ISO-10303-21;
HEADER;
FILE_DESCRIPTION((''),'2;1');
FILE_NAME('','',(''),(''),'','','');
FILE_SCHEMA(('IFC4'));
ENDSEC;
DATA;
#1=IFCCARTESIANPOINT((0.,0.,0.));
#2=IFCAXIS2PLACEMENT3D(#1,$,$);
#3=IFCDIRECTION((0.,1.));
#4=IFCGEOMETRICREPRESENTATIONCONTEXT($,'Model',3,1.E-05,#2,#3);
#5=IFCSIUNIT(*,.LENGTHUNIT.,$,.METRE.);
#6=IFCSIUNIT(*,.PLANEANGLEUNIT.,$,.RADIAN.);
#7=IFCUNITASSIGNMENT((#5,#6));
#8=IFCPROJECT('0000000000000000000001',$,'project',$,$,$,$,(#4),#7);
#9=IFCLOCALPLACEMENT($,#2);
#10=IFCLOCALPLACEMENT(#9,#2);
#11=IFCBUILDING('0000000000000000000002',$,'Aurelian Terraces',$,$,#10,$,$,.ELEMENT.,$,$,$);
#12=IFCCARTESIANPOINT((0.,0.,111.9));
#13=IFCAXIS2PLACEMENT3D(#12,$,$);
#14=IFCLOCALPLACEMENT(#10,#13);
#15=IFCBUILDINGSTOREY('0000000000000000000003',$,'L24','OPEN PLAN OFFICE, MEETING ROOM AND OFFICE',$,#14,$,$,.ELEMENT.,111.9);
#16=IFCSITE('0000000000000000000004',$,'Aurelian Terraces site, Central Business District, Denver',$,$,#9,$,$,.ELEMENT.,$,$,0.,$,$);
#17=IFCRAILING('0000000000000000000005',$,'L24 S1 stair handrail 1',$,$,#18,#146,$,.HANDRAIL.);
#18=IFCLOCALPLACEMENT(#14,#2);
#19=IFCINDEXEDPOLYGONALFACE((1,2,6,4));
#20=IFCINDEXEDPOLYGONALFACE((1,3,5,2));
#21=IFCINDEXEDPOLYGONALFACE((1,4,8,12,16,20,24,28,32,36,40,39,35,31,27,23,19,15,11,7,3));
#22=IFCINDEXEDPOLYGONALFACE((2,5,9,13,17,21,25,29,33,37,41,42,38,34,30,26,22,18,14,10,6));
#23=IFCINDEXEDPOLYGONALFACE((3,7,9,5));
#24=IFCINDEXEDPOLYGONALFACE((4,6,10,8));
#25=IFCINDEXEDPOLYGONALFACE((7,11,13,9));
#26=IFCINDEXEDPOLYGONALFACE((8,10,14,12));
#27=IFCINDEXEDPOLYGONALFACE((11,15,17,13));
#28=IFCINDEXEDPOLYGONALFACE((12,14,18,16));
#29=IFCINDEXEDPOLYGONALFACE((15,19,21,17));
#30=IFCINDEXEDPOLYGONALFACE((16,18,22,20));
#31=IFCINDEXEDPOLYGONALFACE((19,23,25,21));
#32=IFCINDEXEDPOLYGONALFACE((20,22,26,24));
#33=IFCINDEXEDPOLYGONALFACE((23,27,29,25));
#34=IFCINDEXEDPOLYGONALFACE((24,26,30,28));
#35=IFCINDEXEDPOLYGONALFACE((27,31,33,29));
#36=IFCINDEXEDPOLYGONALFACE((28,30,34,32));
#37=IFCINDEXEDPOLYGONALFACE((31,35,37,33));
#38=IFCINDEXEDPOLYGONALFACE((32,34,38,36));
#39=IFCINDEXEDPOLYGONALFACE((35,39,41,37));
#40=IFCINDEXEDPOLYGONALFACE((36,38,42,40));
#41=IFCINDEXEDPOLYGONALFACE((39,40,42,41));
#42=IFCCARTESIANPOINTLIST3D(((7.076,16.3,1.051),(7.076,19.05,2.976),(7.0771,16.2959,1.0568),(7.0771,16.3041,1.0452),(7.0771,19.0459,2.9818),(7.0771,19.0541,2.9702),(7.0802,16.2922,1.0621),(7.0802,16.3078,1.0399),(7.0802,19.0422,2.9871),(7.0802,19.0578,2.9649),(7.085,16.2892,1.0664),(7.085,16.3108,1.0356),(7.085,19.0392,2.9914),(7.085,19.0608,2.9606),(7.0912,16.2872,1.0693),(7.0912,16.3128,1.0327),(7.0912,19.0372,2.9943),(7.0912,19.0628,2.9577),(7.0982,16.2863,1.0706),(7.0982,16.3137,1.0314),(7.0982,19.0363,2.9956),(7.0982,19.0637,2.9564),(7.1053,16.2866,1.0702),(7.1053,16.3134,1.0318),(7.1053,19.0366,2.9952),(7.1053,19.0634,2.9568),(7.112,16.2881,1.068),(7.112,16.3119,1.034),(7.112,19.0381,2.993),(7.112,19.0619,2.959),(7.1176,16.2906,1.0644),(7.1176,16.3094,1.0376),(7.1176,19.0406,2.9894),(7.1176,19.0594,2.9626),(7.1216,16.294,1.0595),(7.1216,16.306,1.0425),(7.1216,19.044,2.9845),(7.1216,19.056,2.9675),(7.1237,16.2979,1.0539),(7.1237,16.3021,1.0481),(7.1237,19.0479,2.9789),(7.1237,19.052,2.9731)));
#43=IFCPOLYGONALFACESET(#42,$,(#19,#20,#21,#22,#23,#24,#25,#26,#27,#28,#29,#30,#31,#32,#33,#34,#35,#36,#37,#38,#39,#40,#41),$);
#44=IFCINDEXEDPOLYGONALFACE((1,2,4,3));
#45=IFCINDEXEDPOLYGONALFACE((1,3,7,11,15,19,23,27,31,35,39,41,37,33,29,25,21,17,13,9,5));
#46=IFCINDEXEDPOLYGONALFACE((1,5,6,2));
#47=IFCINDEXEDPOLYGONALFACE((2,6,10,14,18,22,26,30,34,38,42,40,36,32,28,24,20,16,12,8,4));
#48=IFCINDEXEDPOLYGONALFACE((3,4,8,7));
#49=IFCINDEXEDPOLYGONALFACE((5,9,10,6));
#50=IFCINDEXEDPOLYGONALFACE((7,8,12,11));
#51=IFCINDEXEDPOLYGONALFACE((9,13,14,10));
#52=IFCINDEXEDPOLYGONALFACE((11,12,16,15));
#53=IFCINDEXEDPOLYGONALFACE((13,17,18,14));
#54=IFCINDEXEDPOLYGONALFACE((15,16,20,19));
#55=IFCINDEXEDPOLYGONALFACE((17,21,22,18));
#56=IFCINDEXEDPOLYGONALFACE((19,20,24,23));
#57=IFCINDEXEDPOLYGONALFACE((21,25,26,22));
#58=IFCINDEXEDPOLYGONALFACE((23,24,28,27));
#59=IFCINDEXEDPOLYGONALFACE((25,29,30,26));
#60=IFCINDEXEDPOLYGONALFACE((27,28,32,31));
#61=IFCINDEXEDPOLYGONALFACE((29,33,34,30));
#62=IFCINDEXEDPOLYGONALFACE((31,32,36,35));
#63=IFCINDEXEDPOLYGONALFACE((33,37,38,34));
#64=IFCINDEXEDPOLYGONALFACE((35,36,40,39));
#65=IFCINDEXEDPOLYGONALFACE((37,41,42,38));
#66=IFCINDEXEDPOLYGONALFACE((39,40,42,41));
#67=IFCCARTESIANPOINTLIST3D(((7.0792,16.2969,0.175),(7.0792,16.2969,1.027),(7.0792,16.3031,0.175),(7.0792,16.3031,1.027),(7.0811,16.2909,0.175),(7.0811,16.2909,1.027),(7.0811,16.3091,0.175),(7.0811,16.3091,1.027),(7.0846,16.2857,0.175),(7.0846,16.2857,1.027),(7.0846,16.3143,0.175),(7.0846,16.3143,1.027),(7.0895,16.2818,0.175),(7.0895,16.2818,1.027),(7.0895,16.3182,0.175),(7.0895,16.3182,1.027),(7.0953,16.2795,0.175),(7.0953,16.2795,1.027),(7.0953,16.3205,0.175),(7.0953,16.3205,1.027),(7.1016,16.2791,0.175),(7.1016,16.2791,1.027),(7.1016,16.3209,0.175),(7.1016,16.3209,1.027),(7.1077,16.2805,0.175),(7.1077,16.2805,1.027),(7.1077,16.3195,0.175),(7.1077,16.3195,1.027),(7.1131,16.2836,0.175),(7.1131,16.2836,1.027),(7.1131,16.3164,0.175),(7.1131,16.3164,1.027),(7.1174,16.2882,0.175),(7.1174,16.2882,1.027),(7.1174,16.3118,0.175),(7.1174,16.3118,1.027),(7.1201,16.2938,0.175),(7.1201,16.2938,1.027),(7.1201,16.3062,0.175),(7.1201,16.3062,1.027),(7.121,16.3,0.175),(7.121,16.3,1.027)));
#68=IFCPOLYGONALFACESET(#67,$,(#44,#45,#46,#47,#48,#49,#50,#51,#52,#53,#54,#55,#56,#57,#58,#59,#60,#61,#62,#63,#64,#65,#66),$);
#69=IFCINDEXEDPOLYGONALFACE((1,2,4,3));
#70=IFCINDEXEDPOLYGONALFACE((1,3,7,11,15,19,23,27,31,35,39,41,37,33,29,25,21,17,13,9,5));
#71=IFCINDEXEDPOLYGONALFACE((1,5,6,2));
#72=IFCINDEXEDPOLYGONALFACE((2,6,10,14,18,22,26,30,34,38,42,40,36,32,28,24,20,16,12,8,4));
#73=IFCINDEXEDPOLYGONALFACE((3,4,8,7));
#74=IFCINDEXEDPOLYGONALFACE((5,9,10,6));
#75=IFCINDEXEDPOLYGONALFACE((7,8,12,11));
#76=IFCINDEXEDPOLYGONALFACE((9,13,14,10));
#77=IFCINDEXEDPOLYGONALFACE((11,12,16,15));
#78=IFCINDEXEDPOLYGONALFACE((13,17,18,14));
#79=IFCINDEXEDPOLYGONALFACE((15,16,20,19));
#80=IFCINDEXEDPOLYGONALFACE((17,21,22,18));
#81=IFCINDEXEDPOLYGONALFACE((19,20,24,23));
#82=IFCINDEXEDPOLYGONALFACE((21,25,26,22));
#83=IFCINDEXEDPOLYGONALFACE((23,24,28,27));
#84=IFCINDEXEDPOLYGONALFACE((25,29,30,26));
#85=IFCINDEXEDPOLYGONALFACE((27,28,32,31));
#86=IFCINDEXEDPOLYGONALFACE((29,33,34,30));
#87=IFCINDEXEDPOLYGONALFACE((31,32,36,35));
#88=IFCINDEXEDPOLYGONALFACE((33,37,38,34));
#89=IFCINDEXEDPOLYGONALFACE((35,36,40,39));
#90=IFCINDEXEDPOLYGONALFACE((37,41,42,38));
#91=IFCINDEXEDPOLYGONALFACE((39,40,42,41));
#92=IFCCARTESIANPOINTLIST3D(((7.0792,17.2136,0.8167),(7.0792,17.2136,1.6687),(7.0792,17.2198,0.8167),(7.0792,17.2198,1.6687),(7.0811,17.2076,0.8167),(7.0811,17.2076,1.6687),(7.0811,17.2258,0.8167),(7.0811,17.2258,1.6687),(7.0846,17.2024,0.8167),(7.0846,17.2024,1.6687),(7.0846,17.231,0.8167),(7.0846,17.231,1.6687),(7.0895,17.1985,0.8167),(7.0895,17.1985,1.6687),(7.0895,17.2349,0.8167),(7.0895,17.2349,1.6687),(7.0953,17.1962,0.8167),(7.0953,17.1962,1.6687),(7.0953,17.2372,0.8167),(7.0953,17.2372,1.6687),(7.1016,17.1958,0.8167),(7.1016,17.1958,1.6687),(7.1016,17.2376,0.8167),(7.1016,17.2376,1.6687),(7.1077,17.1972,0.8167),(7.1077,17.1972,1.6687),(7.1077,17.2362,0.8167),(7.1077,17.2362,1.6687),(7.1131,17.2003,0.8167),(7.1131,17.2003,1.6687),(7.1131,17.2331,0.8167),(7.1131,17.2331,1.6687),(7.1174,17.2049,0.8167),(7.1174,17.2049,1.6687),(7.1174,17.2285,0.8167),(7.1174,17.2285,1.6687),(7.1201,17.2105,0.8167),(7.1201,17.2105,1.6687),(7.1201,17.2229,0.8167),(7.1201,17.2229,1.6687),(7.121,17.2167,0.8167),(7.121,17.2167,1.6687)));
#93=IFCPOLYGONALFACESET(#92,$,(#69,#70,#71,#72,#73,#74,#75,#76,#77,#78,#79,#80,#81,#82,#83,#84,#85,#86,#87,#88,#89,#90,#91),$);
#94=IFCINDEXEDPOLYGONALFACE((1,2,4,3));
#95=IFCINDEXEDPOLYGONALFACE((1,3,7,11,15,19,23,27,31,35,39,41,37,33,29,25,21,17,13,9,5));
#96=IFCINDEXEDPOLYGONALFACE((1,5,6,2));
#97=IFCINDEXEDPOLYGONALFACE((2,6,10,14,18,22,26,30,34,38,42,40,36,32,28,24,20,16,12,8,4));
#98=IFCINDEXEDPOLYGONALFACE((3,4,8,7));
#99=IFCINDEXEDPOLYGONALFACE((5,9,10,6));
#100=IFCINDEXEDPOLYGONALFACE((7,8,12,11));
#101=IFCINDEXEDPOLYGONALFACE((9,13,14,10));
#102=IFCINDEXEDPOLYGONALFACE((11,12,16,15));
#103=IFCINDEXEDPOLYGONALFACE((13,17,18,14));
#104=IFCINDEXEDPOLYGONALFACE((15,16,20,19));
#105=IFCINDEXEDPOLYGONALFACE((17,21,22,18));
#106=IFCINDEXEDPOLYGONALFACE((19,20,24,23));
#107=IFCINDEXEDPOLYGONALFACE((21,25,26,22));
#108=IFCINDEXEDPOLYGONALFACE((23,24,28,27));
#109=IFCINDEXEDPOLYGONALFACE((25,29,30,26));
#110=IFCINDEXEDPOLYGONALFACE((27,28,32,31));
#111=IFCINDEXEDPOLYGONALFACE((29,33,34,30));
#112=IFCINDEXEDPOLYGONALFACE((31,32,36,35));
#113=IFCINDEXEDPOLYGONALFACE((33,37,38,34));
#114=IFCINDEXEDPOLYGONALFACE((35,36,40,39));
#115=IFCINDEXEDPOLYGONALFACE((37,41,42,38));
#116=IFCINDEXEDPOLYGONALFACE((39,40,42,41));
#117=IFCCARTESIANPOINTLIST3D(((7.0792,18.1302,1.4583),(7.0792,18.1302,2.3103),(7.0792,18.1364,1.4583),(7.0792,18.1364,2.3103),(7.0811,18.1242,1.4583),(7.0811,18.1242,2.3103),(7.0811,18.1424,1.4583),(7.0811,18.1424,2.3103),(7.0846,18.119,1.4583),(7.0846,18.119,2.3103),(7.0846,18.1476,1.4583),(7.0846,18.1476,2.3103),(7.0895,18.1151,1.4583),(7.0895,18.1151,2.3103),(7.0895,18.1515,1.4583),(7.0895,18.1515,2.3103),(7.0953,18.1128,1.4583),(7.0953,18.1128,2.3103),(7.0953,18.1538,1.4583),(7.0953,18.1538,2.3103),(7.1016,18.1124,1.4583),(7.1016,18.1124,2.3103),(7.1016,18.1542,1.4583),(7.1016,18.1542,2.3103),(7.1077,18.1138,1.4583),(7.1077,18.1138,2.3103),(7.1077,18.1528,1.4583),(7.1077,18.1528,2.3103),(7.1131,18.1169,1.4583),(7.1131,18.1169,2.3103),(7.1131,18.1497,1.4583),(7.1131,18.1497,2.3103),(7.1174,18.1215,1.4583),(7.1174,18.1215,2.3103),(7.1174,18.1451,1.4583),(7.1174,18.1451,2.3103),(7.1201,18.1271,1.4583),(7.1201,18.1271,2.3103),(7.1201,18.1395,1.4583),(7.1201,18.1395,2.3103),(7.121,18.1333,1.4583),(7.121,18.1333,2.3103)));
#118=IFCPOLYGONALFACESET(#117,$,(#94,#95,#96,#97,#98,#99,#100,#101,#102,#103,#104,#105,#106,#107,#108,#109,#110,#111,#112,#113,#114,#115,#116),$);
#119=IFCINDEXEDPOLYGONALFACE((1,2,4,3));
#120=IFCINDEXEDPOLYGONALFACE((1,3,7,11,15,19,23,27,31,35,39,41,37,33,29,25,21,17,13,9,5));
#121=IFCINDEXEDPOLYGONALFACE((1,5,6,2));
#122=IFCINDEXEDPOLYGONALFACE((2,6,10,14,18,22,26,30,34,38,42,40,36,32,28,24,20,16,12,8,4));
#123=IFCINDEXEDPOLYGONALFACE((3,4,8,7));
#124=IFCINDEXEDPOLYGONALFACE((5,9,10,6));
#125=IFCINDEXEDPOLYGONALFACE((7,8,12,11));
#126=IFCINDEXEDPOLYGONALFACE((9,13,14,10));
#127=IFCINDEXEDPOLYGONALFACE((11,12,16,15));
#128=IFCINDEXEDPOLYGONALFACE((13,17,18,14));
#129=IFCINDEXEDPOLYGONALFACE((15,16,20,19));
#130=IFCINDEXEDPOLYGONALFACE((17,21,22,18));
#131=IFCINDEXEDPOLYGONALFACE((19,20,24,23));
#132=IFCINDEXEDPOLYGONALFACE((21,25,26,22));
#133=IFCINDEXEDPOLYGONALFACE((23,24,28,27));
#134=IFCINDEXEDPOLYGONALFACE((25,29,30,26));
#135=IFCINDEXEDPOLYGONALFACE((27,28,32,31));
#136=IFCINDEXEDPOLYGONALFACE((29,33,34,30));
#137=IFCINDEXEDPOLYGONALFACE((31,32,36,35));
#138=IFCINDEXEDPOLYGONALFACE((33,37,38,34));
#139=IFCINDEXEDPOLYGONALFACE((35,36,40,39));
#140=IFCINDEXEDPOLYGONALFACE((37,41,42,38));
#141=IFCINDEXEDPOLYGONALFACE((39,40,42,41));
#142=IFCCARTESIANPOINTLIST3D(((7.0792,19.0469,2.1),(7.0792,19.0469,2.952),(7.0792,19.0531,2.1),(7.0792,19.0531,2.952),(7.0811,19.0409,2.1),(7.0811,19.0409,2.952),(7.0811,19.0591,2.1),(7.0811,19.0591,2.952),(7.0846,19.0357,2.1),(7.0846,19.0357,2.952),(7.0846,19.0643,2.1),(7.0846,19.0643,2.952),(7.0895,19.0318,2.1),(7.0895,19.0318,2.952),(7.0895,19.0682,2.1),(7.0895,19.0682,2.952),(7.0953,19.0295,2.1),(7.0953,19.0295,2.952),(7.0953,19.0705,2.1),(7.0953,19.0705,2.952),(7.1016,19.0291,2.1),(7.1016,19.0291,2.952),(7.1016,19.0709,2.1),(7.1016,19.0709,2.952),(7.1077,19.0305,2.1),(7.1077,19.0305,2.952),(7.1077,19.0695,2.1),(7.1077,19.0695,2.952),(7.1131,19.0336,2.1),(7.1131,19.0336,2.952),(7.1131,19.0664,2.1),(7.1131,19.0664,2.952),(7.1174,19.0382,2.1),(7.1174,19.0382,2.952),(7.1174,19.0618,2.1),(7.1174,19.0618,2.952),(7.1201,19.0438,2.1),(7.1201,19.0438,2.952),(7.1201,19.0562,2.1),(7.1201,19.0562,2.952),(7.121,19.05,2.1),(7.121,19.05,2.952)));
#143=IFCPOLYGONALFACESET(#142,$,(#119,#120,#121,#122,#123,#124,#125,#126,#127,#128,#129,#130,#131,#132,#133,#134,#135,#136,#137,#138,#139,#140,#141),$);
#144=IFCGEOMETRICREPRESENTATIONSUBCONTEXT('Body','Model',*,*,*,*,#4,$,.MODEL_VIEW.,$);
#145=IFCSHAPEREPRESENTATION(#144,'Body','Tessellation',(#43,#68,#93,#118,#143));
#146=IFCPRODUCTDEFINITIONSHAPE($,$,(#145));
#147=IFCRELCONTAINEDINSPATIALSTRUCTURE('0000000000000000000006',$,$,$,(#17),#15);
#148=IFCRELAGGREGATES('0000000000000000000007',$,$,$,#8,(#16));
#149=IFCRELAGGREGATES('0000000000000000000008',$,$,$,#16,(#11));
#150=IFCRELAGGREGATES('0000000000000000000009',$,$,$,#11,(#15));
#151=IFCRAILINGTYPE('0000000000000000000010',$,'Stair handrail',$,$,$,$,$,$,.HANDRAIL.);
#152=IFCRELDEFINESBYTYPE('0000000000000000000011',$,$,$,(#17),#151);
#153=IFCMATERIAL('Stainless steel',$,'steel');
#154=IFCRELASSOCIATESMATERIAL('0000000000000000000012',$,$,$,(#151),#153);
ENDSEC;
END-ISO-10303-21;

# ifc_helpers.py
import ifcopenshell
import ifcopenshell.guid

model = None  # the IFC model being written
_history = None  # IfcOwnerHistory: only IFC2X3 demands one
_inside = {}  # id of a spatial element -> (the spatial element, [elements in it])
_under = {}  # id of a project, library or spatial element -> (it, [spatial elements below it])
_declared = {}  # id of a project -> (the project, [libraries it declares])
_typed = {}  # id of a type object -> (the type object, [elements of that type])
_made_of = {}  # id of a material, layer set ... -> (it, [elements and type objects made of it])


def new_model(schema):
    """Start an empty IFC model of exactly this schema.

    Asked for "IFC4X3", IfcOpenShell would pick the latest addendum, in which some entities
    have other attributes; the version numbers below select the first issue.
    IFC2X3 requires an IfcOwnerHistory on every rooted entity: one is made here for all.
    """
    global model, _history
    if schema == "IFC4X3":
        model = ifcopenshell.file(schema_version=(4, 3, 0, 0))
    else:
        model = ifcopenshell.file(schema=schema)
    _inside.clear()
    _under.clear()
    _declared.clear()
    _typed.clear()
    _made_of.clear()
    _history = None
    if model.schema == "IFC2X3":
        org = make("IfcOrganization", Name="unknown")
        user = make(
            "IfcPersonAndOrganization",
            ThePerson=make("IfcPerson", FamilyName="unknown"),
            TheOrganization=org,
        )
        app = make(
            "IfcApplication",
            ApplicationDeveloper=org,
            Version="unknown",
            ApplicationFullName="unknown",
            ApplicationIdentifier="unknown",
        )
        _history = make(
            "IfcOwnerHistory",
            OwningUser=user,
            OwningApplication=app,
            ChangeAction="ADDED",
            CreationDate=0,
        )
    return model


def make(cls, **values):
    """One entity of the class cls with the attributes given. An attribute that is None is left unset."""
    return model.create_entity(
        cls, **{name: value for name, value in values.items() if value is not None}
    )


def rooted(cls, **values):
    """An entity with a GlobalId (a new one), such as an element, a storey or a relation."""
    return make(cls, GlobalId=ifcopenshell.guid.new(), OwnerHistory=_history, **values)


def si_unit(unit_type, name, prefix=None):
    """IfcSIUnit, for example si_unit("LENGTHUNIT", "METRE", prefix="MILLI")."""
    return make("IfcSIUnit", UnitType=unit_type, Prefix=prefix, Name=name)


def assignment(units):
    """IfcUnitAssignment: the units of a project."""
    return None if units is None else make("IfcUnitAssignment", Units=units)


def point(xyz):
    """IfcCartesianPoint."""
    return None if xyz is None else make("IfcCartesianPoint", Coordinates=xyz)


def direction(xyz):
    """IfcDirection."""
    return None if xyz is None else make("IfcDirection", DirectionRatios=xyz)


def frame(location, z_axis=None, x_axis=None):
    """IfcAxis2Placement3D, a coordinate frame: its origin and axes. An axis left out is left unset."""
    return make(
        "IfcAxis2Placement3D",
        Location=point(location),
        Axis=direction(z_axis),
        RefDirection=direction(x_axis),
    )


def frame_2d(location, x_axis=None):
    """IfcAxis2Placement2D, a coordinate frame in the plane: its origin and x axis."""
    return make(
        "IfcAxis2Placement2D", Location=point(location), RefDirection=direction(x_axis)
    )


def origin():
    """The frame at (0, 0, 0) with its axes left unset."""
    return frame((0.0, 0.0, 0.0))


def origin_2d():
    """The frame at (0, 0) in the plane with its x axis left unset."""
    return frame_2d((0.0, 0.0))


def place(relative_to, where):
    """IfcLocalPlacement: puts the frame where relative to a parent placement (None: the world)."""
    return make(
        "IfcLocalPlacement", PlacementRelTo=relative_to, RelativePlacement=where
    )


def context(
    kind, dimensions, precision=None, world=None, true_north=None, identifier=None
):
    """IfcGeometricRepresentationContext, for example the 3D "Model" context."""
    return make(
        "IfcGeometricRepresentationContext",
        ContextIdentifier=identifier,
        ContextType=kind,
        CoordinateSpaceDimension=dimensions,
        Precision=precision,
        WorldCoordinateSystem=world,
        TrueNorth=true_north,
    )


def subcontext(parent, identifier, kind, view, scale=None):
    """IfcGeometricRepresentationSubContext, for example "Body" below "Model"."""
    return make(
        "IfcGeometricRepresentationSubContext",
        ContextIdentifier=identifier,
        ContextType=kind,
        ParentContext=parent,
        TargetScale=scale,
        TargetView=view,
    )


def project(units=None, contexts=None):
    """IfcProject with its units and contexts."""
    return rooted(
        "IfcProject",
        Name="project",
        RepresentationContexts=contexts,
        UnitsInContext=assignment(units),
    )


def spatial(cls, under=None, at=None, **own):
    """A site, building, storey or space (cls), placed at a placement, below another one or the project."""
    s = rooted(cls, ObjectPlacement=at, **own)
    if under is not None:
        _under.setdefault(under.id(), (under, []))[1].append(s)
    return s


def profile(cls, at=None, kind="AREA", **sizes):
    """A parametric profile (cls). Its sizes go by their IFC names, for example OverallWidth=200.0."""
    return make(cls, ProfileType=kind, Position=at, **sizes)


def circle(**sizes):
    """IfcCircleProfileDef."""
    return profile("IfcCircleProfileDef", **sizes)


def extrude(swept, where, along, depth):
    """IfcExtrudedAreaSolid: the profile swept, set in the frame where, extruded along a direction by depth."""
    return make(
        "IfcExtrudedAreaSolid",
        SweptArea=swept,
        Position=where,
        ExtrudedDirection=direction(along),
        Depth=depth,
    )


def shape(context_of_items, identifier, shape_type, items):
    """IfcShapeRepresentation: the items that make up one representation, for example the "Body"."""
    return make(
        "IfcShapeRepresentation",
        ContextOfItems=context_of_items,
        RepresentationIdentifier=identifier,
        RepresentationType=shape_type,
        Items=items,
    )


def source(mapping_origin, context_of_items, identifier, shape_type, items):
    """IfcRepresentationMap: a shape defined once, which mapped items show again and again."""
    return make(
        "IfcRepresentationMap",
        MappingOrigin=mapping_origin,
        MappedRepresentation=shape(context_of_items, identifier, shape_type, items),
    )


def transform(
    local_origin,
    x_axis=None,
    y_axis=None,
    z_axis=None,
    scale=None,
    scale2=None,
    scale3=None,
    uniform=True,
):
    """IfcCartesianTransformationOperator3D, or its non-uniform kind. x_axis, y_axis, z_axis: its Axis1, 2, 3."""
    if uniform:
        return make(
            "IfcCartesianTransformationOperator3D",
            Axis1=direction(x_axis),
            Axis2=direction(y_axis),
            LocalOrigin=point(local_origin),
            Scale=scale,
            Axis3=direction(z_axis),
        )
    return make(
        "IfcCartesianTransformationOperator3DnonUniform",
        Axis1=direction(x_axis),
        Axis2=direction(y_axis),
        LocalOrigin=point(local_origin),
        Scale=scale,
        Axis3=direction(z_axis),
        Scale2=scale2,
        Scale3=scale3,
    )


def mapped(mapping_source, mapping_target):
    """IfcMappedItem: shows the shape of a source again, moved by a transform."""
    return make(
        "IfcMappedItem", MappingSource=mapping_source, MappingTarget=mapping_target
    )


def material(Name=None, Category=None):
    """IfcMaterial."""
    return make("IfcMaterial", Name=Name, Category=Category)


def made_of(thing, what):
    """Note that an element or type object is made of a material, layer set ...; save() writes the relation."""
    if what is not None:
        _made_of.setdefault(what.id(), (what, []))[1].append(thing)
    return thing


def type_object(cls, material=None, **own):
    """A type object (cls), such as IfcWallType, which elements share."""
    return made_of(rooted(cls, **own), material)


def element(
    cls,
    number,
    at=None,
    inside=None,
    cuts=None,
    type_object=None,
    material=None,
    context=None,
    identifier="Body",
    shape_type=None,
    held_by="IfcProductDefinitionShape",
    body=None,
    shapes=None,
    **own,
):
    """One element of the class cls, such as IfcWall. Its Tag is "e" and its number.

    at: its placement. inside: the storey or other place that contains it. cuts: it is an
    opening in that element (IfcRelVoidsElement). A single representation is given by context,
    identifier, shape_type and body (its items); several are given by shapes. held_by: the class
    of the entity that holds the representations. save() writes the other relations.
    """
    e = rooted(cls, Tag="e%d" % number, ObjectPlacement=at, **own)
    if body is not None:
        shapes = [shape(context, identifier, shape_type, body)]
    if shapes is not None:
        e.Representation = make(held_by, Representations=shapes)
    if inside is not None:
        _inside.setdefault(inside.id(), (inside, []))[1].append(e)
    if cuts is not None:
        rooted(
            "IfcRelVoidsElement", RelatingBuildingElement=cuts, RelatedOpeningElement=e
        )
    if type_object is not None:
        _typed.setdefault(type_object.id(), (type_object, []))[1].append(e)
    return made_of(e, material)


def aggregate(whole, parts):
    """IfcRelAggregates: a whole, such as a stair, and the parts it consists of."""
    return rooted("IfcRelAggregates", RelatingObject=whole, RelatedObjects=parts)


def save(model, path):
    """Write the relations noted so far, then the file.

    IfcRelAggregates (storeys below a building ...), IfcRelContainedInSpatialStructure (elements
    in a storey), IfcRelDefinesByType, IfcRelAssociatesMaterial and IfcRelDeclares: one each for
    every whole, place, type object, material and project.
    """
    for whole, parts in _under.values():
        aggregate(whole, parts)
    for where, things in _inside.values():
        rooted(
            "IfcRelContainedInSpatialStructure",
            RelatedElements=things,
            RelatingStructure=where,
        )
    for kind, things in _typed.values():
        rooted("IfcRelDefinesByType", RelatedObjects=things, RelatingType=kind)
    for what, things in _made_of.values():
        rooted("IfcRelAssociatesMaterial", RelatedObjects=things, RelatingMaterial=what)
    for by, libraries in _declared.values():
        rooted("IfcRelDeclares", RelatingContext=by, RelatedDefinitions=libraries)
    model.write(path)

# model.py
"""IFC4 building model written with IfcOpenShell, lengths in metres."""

from ifc_helpers import new_model, si_unit, direction, frame, origin, origin_2d, place, context, subcontext, project, spatial, circle, extrude, source, transform, mapped, material, type_object, element, save


model = new_model("IFC4")

# Units and contexts
model_context = context("Model", 3, precision=1e-05, world=origin(), true_north=direction((0.0, 1.0)))
body_context = subcontext(model_context, "Body", "Model", "MODEL_VIEW")
ifc_project = project(units=[si_unit("LENGTHUNIT", "METRE"), si_unit("PLANEANGLEUNIT", "RADIAN")], contexts=[model_context])

# Site, building, storey
site_placement = place(None, origin())
site = spatial("IfcSite", under=ifc_project, at=site_placement, Name="Aurelian Terraces site, Central Business District, Denver", CompositionType="ELEMENT", RefElevation=0.0)
building_placement = place(site_placement, origin())
building = spatial("IfcBuilding", under=site, at=building_placement, Name="Aurelian Terraces", CompositionType="ELEMENT")
storey_placement = place(building_placement, frame((0.0, 0.0, 111.9)))
storey = spatial("IfcBuildingStorey", under=building, at=storey_placement, Name="L24", Description="OPEN PLAN OFFICE, MEETING ROOM AND OFFICE", CompositionType="ELEMENT", Elevation=111.9)

# Shared definitions
ifc_material_1 = material(Name="Stainless steel", Category="steel")

# Railing
railing_type_1 = type_object("IfcRailingType", Name="Stair handrail", PredefinedType="HANDRAIL", material=ifc_material_1)
shared_shape_1 = source(origin(), body_context, "Body", "SweptSolid", [
    extrude(circle(Radius=0.024, at=origin_2d()), frame((0.0, 0.0, 0.876), z_axis=(0.0, 0.819232, 0.573462), x_axis=(-1.0, 0.0, 0.0)), (0.0, 0.0, 1.0), 3.3568),
    extrude(circle(Radius=0.021, at=origin_2d()), origin(), (0.0, 0.0, 1.0), 0.852),
    extrude(circle(Radius=0.021, at=origin_2d()), frame((0.0, 0.9167, 0.6417)), (0.0, 0.0, 1.0), 0.852),
    extrude(circle(Radius=0.021, at=origin_2d()), frame((0.0, 1.8333, 1.2833)), (0.0, 0.0, 1.0), 0.852),
    extrude(circle(Radius=0.021, at=origin_2d()), frame((0.0, 2.75, 1.925)), (0.0, 0.0, 1.0), 0.852),
])
railing_1_placement = place(storey_placement, frame((7.1, 16.3, 0.175)))
element("IfcRailing", 1, at=railing_1_placement, inside=storey, type_object=railing_type_1, Name="L24 S1 stair handrail 1", PredefinedType="HANDRAIL", context=body_context, shape_type="MappedRepresentation", body=[
    mapped(shared_shape_1, transform((0.0, 0.0, 0.0), scale=1.0)),
])

save(model, "model.ifc")
